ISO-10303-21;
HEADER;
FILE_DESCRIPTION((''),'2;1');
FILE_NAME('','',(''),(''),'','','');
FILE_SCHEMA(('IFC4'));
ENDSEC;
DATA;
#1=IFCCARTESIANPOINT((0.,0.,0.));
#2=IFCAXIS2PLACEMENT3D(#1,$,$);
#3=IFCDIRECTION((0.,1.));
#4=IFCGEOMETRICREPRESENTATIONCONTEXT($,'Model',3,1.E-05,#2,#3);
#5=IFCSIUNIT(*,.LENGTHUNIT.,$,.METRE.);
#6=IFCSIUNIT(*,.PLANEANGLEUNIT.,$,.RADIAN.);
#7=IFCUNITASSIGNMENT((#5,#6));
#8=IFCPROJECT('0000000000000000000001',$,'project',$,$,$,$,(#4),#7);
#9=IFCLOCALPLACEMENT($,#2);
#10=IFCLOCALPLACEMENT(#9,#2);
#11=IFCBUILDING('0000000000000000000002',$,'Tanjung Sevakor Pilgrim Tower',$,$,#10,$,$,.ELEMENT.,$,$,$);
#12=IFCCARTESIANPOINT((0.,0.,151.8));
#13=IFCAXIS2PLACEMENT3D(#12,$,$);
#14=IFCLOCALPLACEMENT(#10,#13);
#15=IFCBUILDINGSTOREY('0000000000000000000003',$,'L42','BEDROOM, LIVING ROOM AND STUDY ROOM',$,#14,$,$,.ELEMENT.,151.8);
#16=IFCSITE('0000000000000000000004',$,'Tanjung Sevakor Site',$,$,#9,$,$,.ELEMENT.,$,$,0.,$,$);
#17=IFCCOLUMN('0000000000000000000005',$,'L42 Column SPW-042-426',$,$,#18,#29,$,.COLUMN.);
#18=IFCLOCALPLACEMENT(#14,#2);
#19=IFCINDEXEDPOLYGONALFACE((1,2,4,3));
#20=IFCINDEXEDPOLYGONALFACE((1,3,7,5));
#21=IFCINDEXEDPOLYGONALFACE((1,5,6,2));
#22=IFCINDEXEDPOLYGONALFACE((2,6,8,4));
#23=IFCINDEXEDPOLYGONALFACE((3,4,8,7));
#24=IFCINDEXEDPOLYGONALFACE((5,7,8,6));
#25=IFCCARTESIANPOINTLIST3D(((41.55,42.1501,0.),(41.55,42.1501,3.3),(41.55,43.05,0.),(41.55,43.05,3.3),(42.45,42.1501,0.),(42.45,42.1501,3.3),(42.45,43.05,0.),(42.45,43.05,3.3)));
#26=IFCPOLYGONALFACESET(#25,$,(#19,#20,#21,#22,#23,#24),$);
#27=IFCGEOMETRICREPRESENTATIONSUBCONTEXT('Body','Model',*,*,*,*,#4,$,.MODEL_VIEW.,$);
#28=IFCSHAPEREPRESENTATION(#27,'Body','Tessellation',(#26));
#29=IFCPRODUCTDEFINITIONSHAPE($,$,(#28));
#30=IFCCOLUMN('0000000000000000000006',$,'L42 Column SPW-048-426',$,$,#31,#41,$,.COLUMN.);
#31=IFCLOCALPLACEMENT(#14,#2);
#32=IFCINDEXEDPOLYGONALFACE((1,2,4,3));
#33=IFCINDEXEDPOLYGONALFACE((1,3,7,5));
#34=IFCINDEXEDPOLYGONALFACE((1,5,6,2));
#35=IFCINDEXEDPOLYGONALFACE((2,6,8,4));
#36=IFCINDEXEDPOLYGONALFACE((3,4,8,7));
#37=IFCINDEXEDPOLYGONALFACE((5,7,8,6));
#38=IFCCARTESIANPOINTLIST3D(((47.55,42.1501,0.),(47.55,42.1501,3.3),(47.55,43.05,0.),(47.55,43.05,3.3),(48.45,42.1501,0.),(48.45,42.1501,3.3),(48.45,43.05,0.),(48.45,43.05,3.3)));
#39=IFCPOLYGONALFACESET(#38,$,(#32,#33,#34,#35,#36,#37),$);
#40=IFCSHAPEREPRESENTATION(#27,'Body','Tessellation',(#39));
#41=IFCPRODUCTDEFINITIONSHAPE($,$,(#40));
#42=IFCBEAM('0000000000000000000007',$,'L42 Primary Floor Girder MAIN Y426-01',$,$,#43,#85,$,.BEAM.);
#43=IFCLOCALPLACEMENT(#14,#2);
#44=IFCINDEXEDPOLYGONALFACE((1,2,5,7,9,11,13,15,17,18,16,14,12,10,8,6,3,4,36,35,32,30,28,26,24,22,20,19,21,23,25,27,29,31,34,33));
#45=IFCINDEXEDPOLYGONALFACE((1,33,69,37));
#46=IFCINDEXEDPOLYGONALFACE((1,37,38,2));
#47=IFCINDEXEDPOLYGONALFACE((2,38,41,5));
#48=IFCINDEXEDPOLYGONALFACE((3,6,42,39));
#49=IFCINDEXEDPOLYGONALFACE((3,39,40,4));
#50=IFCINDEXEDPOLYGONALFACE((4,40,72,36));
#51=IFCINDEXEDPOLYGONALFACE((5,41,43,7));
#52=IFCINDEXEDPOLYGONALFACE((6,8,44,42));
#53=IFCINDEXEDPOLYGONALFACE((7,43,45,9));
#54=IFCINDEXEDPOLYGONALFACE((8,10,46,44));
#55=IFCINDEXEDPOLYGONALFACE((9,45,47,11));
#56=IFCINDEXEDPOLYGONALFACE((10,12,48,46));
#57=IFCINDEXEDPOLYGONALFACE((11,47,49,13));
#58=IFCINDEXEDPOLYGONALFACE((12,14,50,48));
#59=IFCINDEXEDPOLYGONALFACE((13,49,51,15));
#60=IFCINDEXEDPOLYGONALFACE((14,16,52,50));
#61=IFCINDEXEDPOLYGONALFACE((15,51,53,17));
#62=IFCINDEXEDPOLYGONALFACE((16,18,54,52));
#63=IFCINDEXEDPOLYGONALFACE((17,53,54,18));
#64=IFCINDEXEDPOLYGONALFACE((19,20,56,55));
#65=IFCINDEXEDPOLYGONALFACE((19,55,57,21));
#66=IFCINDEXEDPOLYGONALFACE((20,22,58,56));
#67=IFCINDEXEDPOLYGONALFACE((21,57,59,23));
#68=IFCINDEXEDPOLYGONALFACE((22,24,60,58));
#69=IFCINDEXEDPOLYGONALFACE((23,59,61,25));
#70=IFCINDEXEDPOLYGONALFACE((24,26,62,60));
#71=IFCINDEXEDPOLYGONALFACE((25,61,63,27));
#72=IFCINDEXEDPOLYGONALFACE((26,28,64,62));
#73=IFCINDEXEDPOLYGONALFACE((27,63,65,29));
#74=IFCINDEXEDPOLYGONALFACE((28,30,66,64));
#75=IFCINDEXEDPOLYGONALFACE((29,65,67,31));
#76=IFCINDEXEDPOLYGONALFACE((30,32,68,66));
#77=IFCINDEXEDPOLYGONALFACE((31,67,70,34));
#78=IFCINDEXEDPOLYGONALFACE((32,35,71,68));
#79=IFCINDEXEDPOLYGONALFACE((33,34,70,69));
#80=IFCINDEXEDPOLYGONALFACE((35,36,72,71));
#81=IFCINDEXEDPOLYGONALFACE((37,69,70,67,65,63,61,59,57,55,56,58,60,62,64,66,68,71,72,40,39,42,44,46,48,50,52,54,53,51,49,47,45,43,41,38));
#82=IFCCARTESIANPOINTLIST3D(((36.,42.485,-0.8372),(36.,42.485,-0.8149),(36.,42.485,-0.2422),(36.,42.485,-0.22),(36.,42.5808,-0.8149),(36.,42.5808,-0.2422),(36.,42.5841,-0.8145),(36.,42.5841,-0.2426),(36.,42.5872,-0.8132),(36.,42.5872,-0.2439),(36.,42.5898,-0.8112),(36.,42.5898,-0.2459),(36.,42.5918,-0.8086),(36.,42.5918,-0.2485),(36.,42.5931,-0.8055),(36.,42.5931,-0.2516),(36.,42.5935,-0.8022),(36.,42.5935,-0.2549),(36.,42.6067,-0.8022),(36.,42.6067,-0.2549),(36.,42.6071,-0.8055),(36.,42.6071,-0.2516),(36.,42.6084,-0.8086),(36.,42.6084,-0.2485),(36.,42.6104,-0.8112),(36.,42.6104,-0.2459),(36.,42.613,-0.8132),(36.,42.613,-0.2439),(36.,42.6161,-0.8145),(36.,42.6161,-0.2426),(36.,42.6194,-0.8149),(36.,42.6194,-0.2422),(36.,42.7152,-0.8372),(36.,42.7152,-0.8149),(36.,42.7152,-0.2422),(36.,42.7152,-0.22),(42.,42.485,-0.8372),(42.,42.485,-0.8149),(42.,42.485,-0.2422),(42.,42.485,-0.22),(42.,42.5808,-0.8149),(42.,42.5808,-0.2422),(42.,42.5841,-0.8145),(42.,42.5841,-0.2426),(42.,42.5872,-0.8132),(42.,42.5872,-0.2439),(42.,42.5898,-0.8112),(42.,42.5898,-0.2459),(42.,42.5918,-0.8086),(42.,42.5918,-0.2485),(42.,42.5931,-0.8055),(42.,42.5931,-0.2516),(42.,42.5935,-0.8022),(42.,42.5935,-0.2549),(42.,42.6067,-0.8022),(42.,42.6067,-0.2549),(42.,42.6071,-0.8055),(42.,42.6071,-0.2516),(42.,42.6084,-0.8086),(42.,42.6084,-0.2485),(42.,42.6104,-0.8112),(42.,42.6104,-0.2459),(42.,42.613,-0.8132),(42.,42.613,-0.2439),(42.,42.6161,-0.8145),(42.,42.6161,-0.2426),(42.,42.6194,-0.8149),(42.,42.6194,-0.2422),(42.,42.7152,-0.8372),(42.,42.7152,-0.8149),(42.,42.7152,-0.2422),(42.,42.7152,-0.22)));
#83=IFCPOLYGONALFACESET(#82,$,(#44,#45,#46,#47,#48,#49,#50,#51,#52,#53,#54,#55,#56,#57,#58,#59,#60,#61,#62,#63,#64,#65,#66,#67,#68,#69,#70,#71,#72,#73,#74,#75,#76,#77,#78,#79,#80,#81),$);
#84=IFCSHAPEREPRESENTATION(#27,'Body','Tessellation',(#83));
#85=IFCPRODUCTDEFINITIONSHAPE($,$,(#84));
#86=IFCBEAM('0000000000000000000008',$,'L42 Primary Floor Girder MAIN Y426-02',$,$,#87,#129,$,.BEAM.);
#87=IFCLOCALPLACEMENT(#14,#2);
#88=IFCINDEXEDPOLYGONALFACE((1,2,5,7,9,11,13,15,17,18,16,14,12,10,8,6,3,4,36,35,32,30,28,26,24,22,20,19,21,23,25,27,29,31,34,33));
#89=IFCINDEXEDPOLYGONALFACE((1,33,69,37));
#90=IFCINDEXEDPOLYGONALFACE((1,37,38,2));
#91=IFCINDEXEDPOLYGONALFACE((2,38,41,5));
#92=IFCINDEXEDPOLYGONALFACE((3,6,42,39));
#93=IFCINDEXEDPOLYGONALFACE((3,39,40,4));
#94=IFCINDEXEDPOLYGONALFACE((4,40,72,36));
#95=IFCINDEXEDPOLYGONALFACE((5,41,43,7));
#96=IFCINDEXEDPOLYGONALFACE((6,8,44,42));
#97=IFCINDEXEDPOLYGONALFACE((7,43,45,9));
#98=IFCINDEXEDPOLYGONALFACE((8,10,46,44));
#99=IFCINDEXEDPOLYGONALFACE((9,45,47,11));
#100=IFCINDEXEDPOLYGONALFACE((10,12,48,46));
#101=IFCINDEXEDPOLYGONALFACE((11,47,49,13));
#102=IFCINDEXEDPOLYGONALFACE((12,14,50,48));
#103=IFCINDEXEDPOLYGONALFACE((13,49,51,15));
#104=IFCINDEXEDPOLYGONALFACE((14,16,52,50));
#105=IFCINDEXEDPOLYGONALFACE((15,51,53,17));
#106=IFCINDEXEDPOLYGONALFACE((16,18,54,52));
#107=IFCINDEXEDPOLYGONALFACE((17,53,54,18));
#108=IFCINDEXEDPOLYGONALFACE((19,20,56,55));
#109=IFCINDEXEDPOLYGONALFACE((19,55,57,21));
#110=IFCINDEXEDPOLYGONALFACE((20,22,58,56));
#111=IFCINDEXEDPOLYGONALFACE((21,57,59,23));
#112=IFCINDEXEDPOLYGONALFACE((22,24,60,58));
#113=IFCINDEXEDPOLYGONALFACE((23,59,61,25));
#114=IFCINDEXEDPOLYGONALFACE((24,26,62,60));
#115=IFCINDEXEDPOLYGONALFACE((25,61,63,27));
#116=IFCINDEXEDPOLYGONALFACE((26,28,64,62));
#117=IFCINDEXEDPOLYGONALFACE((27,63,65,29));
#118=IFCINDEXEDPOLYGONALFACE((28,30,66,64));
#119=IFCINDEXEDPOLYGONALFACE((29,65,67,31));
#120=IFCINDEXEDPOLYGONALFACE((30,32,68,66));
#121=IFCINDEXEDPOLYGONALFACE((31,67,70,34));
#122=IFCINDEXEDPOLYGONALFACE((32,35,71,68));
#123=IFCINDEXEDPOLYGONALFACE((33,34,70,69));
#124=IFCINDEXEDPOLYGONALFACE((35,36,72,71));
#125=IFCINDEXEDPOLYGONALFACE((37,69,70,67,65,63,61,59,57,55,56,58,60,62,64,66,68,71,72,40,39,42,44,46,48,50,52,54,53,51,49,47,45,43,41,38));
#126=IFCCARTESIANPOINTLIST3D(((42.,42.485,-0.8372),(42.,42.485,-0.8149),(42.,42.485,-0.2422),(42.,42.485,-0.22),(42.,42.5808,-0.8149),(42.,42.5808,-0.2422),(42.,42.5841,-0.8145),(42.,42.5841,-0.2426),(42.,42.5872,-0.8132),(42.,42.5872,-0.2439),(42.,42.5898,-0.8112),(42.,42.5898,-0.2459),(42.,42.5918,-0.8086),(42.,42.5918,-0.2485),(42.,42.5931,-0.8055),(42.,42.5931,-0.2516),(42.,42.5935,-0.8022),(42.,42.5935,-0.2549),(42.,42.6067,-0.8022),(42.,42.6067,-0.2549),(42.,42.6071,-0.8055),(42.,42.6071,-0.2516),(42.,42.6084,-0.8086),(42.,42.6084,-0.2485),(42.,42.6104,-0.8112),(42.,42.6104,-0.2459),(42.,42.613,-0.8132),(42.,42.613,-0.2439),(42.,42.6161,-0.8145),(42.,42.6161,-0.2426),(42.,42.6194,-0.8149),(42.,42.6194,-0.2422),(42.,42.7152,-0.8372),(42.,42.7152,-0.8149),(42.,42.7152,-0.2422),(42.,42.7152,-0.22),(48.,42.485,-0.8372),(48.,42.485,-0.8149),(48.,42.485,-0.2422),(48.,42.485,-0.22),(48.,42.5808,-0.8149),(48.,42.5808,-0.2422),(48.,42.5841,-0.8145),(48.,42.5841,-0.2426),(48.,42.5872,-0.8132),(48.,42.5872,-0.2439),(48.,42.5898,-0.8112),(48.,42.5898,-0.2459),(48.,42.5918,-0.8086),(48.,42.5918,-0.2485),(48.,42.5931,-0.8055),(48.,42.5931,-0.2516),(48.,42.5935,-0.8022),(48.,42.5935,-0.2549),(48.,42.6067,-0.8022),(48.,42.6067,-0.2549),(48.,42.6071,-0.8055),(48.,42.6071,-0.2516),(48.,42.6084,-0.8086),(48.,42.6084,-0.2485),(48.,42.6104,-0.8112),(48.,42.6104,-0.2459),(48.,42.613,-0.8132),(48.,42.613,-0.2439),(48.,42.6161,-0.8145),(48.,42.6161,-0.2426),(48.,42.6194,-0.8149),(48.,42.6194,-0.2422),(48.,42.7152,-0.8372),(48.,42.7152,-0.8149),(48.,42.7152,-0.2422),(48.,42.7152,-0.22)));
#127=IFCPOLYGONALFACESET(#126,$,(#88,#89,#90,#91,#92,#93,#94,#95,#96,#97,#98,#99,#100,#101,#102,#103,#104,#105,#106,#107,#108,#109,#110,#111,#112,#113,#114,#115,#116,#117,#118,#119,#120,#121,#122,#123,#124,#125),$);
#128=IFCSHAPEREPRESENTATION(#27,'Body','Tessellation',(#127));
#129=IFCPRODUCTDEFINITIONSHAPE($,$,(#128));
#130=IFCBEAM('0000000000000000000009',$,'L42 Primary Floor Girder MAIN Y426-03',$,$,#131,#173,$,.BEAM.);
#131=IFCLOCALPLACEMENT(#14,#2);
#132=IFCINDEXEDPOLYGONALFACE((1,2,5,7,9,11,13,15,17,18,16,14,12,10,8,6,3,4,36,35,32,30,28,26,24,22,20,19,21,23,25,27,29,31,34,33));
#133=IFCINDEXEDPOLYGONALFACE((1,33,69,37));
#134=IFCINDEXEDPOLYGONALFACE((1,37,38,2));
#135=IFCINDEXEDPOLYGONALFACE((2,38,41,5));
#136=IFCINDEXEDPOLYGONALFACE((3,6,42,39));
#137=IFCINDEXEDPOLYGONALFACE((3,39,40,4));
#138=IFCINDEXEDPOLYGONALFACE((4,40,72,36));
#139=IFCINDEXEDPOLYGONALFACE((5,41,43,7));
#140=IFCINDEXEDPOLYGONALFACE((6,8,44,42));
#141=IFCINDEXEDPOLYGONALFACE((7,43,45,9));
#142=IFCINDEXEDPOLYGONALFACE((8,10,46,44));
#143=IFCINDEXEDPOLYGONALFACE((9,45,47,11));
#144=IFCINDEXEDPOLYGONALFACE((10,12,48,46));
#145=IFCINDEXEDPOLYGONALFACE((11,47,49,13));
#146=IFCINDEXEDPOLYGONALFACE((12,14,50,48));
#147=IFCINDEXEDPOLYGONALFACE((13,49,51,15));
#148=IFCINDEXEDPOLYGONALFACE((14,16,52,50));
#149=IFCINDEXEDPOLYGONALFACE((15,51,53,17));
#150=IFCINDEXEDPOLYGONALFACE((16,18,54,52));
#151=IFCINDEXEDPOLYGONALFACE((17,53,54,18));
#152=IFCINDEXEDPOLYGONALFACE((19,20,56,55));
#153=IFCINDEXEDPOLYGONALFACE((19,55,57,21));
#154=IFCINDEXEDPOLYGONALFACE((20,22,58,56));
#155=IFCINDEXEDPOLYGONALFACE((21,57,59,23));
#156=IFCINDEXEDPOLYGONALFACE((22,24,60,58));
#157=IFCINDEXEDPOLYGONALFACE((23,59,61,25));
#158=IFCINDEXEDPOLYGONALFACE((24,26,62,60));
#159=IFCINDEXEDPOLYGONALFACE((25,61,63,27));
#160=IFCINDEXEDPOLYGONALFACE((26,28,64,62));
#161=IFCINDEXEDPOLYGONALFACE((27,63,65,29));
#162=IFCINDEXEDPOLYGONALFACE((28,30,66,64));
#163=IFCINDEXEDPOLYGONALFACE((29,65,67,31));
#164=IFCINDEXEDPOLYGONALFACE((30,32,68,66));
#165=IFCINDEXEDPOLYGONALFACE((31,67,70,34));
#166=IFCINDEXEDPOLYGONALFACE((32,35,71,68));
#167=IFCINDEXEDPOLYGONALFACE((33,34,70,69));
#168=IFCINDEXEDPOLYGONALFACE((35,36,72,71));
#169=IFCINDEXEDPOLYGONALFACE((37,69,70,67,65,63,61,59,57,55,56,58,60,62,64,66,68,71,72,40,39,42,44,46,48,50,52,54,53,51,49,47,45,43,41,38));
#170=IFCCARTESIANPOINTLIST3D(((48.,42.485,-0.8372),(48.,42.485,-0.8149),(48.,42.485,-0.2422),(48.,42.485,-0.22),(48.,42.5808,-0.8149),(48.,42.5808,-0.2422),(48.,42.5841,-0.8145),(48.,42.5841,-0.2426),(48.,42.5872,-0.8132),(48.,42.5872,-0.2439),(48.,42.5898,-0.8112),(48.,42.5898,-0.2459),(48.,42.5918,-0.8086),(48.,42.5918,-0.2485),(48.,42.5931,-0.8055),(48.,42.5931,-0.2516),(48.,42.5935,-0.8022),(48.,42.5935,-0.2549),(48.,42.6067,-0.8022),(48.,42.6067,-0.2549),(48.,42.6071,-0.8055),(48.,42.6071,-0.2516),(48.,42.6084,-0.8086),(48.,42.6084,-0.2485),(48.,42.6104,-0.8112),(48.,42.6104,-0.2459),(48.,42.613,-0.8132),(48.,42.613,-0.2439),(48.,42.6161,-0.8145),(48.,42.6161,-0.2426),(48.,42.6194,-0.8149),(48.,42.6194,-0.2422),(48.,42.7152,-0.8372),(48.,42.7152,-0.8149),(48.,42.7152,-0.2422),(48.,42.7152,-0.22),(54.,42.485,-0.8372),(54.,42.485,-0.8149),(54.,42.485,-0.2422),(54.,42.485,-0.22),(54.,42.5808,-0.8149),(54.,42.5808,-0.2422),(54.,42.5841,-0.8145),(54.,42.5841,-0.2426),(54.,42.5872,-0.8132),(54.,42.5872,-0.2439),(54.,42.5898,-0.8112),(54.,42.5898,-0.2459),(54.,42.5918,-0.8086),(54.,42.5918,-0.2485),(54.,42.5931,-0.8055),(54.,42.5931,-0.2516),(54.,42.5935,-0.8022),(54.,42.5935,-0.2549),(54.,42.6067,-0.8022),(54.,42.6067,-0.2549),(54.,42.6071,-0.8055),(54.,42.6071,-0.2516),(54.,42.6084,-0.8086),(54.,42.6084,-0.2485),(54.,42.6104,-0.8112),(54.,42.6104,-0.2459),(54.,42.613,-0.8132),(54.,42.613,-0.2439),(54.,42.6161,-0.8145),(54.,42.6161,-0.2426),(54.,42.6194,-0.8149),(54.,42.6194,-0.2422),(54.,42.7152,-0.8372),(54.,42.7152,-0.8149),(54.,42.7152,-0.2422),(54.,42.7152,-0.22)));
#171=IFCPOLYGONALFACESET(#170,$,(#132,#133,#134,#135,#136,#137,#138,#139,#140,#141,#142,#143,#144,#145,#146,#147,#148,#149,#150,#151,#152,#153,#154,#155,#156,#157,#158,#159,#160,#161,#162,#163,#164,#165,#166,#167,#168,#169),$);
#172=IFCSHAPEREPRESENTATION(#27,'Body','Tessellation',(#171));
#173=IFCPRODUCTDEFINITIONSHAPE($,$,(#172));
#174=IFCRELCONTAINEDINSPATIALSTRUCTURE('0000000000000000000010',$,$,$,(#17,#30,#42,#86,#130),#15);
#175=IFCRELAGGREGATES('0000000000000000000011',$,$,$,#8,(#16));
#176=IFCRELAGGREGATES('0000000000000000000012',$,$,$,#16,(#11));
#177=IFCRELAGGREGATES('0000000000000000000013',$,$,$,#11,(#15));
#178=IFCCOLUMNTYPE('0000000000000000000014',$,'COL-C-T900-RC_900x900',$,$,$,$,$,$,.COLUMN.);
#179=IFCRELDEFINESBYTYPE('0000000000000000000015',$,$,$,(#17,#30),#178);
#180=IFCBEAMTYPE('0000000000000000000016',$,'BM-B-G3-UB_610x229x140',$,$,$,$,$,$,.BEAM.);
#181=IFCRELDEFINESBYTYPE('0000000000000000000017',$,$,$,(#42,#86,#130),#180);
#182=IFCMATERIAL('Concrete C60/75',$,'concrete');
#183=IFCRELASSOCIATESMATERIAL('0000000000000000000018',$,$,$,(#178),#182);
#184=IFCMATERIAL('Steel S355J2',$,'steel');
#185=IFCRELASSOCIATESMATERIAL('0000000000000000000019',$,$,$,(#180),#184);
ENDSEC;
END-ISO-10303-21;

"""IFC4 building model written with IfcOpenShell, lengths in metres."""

from ifc_helpers import new_model, si_unit, direction, frame, origin, origin_2d, place, context, subcontext, project, spatial, rectangle, i_section, extrude, material, material_profile, profile_set, type_object, element, save


model = new_model("IFC4")

# Units and contexts
model_context = context("Model", 3, precision=1e-05, world=origin(), true_north=direction((0.0, 1.0)))
body_context = subcontext(model_context, "Body", "Model", "MODEL_VIEW")
ifc_project = project(units=[si_unit("LENGTHUNIT", "METRE"), si_unit("PLANEANGLEUNIT", "RADIAN")], contexts=[model_context])

# Site, building, storey
site_placement = place(None, origin())
site = spatial("IfcSite", under=ifc_project, at=site_placement, Name="Tanjung Sevakor Site", CompositionType="ELEMENT", RefElevation=0.0)
building_placement = place(site_placement, origin())
building = spatial("IfcBuilding", under=site, at=building_placement, Name="Tanjung Sevakor Pilgrim Tower", CompositionType="ELEMENT")
storey_placement = place(building_placement, frame((0.0, 0.0, 151.8)))
storey = spatial("IfcBuildingStorey", under=building, at=storey_placement, Name="L42", Description="BEDROOM, LIVING ROOM AND STUDY ROOM", CompositionType="ELEMENT", Elevation=151.8)

# Columns
ifc_material_1 = material(Name="Concrete C60/75", Category="concrete")
ifc_material_profile_1 = material_profile(ifc_material_1, rectangle(XDim=0.8999, YDim=0.8999, at=origin_2d()))
ifc_profile_set_1 = profile_set([ifc_material_profile_1], Name="Concrete C60/75")
column_type = type_object("IfcColumnType", Name="COL-C-T900-RC_900x900", PredefinedType="COLUMN", material=ifc_profile_set_1)
for number, where, z_axis, x_axis, name in (
    (1, (42.0, 42.6001, 0.0), (0.0, 0.0, 1.0), (1.0, 0.0, 0.0), "L42 Column SPW-042-426"),
    (2, (48.0, 42.6001, 0.0), (0.0, 0.0, 1.0), (1.0, 0.0, 0.0), "L42 Column SPW-048-426"),
):
    element("IfcColumn", number, at=place(storey_placement, frame(where, z_axis=z_axis, x_axis=x_axis)), inside=storey, type_object=column_type, Name=name, PredefinedType="COLUMN", context=body_context, shape_type="SweptSolid", body=[
        extrude(rectangle(XDim=0.8999, YDim=0.8999, at=origin_2d()), origin(), (0.0, 0.0, 1.0), 3.3),
    ])

# Beams
ifc_material_2 = material(Name="Steel S355J2", Category="steel")
ifc_material_profile_2 = material_profile(ifc_material_2, i_section(OverallWidth=0.2302, OverallDepth=0.6172, WebThickness=0.0132, FlangeThickness=0.0222, FilletRadius=0.0127, at=origin_2d()))
ifc_profile_set_2 = profile_set([ifc_material_profile_2], Name="Steel S355J2")
beam_type_1 = type_object("IfcBeamType", Name="BM-B-G3-UB_610x229x140", PredefinedType="BEAM", material=ifc_profile_set_2)
for number, where, z_axis, x_axis, name in (
    (3, (36.0, 42.6001, -0.5286), (1.0, 0.0, 0.0), (0.0, 1.0, 0.0), "L42 Primary Floor Girder MAIN Y426-01"),
    (4, (42.0, 42.6001, -0.5286), (1.0, 0.0, 0.0), (0.0, 1.0, 0.0), "L42 Primary Floor Girder MAIN Y426-02"),
    (5, (48.0, 42.6001, -0.5286), (1.0, 0.0, 0.0), (0.0, 1.0, 0.0), "L42 Primary Floor Girder MAIN Y426-03"),
):
    element("IfcBeam", number, at=place(storey_placement, frame(where, z_axis=z_axis, x_axis=x_axis)), inside=storey, type_object=beam_type_1, Name=name, PredefinedType="BEAM", context=body_context, shape_type="SweptSolid", body=[
        extrude(i_section(OverallWidth=0.2302, OverallDepth=0.6172, WebThickness=0.0132, FlangeThickness=0.0222, FilletRadius=0.0127, at=origin_2d()), origin(), (0.0, 0.0, 1.0), 6.0),
    ])

save(model, "model.ifc")
